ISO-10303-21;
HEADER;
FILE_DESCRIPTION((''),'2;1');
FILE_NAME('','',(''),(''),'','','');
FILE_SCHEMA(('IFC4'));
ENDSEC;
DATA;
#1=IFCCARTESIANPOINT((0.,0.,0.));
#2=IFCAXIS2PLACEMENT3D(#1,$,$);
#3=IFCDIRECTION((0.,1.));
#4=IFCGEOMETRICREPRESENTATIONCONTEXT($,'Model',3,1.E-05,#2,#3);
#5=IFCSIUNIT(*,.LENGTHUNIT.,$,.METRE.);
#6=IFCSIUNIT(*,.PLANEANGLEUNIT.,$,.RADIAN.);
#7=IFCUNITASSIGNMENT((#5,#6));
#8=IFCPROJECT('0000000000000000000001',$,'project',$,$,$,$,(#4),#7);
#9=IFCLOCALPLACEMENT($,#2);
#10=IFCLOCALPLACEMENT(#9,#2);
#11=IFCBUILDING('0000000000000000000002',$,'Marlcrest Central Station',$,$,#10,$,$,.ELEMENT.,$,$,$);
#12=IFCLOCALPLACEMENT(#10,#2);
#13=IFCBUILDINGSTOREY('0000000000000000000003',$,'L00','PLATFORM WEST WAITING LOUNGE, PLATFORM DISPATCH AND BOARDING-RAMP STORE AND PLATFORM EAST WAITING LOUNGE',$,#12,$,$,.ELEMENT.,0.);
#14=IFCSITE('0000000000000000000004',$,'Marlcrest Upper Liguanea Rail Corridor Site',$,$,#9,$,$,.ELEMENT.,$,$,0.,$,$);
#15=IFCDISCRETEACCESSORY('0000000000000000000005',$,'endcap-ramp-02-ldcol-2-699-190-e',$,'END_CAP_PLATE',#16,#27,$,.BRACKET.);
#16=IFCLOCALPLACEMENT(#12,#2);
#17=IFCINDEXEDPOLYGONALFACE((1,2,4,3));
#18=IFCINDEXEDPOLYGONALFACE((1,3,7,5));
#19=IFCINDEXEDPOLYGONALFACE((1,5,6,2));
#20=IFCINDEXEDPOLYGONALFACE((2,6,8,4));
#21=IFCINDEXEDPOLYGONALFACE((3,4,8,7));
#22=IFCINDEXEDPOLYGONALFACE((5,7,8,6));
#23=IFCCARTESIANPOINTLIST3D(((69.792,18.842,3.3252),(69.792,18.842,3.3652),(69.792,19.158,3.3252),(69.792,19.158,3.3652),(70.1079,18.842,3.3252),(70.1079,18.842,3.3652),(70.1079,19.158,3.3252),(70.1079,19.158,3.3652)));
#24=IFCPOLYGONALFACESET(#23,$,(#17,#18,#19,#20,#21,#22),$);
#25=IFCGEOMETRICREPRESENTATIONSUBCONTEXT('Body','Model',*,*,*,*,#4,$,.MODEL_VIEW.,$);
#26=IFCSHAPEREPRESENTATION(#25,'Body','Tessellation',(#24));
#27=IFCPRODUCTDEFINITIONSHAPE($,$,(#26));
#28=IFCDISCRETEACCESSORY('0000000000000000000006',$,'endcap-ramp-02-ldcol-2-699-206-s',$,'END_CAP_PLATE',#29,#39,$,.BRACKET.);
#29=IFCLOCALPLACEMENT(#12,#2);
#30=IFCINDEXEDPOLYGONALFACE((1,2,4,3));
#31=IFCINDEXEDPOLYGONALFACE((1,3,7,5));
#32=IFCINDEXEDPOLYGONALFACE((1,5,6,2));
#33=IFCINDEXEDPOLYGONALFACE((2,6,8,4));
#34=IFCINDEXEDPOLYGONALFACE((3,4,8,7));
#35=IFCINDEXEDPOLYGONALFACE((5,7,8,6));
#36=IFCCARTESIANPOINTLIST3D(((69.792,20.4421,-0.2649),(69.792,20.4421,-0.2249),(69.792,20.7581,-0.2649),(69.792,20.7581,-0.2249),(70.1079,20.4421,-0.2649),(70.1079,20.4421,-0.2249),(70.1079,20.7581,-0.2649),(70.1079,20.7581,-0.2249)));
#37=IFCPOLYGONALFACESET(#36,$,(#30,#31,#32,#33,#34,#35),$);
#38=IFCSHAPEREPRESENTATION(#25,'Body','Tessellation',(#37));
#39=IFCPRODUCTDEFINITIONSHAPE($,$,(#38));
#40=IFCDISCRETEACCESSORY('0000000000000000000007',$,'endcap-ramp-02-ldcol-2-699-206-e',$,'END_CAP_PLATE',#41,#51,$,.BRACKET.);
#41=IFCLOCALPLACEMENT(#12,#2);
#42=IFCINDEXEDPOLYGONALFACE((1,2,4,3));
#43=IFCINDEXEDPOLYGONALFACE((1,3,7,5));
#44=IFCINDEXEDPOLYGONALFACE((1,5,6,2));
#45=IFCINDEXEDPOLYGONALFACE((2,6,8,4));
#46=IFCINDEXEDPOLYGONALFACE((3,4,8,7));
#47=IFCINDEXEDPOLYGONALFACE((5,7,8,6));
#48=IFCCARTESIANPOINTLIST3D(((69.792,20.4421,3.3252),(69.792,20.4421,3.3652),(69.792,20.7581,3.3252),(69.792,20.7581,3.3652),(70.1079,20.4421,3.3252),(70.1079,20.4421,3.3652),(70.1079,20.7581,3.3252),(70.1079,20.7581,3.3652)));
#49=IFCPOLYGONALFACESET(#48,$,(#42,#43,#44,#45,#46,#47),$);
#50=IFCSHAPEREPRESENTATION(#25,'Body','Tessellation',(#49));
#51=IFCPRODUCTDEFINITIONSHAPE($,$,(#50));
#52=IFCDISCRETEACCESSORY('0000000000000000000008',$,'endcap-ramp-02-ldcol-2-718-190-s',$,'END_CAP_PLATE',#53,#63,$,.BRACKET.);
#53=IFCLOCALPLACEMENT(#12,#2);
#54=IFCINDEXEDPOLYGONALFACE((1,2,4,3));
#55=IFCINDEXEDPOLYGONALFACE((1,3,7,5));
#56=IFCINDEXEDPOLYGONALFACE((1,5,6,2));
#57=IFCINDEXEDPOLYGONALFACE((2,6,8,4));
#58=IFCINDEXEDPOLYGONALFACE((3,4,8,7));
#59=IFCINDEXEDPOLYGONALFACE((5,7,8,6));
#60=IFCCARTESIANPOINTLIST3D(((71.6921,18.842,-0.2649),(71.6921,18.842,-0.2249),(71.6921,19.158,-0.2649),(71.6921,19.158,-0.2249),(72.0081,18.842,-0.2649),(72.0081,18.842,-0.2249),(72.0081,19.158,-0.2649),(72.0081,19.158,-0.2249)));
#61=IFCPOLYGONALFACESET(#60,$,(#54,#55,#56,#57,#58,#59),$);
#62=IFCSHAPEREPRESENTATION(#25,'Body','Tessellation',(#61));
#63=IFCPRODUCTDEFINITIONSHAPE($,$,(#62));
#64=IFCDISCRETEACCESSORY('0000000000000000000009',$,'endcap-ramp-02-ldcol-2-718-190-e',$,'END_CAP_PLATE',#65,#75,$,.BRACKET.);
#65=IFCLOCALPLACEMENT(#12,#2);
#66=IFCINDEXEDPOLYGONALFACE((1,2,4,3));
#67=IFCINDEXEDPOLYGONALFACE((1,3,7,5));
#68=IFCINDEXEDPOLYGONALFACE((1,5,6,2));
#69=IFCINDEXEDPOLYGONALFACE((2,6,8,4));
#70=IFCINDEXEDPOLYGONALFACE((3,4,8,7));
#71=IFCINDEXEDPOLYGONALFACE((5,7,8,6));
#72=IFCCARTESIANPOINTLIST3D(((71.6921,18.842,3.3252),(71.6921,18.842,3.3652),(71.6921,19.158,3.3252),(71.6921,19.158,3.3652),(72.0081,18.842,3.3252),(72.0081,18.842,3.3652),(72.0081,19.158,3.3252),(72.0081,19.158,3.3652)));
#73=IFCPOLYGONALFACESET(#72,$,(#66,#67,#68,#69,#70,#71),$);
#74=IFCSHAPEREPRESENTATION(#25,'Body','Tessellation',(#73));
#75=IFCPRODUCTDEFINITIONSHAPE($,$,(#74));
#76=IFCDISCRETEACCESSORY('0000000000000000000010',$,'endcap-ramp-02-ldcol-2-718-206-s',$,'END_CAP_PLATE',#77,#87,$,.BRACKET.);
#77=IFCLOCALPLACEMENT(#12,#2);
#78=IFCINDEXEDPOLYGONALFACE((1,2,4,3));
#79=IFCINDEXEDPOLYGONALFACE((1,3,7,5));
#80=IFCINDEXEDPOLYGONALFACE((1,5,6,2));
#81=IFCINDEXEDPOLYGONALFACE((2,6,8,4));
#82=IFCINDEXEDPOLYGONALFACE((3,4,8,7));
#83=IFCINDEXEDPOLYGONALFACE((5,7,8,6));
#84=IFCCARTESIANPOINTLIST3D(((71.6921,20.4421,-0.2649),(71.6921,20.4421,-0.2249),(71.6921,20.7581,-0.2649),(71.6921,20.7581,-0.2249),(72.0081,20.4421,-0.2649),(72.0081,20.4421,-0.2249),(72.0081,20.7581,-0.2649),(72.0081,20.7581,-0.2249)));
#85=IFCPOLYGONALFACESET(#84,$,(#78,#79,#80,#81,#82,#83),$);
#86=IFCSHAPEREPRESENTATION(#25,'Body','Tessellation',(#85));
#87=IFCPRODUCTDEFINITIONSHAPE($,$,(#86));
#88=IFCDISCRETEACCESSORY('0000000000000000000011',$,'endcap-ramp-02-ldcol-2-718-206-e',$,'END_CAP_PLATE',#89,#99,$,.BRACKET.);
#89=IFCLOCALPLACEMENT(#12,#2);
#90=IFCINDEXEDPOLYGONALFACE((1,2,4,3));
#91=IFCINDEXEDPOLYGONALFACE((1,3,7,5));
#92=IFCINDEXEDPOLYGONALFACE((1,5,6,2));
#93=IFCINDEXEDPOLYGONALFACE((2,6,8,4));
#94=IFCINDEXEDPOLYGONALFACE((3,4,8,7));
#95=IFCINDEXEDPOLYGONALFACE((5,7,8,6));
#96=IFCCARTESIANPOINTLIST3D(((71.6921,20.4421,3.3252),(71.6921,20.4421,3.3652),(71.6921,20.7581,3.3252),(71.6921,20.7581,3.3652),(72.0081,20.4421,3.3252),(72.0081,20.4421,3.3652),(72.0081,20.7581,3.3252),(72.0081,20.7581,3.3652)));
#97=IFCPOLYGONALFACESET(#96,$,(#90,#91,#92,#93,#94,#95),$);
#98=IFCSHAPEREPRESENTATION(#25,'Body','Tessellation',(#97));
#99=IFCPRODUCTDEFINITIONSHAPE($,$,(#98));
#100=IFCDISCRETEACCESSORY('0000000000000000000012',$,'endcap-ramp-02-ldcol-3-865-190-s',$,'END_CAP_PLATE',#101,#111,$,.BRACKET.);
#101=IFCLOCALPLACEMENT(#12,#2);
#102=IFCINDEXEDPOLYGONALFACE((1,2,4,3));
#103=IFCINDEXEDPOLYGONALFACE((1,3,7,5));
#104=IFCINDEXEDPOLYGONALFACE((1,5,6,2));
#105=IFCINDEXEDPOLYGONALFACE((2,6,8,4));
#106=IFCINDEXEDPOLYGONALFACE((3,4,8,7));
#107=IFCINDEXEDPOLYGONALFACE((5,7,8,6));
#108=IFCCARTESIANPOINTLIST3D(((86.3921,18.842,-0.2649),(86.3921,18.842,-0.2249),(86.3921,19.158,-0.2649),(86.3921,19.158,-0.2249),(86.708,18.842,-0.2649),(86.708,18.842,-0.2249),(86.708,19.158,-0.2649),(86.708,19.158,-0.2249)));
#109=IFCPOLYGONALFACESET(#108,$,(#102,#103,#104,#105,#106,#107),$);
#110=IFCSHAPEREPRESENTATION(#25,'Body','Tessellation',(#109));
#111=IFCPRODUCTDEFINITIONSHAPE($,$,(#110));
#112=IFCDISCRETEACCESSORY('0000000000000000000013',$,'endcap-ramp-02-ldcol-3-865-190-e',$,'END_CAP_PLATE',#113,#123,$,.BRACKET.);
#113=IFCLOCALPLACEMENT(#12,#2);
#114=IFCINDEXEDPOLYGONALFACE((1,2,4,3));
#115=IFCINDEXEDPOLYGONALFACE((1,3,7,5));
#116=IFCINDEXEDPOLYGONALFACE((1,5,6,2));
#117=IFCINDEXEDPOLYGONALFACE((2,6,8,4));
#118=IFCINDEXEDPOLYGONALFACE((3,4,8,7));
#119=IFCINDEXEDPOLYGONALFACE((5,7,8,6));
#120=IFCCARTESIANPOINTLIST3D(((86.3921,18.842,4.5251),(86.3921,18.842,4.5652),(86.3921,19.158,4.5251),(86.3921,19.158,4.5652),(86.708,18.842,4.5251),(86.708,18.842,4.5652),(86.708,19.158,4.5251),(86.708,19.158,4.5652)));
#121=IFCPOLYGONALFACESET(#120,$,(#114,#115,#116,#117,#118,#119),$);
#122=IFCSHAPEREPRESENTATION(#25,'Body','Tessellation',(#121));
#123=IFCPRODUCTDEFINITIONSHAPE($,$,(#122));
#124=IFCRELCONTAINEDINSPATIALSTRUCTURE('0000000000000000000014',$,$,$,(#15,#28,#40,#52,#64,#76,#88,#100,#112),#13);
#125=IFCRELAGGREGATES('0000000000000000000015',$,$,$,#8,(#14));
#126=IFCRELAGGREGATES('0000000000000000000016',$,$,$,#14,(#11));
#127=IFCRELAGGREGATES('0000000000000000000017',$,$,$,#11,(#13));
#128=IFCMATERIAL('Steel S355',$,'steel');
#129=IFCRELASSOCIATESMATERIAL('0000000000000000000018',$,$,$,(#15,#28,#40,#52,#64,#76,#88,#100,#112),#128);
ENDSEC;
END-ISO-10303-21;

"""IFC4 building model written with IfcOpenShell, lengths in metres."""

from ifc_helpers import new_model, si_unit, direction, frame, origin, origin_2d, place, context, subcontext, project, spatial, rectangle, extrude, material, element, save


model = new_model("IFC4")

# Units and contexts
model_context = context("Model", 3, precision=1e-05, world=origin(), true_north=direction((0.0, 1.0)))
body_context = subcontext(model_context, "Body", "Model", "MODEL_VIEW")
ifc_project = project(units=[si_unit("LENGTHUNIT", "METRE"), si_unit("PLANEANGLEUNIT", "RADIAN")], contexts=[model_context])

# Site, building, storey
site_placement = place(None, origin())
site = spatial("IfcSite", under=ifc_project, at=site_placement, Name="Marlcrest Upper Liguanea Rail Corridor Site", CompositionType="ELEMENT", RefElevation=0.0)
building_placement = place(site_placement, origin())
building = spatial("IfcBuilding", under=site, at=building_placement, Name="Marlcrest Central Station", CompositionType="ELEMENT")
storey_placement = place(building_placement, origin())
storey = spatial("IfcBuildingStorey", under=building, at=storey_placement, Name="L00", Description="PLATFORM WEST WAITING LOUNGE, PLATFORM DISPATCH AND BOARDING-RAMP STORE AND PLATFORM EAST WAITING LOUNGE", CompositionType="ELEMENT", Elevation=0.0)

# Shared definitions
ifc_material_1 = material(Name="Steel S355", Category="steel")

# Discrete accessories
for number, where, z_axis, x_axis, name in (
    (1, (69.95, 19.0, 3.3252), (0.0, 0.0, 1.0), (1.0, 0.0, 0.0), "endcap-ramp-02-ldcol-2-699-190-e"),
    (2, (69.95, 20.6001, -0.2649), (0.0, 0.0, 1.0), (1.0, 0.0, 0.0), "endcap-ramp-02-ldcol-2-699-206-s"),
    (3, (69.95, 20.6001, 3.3252), (0.0, 0.0, 1.0), (1.0, 0.0, 0.0), "endcap-ramp-02-ldcol-2-699-206-e"),
    (4, (71.8501, 19.0, -0.2649), (0.0, 0.0, 1.0), (1.0, 0.0, 0.0), "endcap-ramp-02-ldcol-2-718-190-s"),
    (5, (71.8501, 19.0, 3.3252), (0.0, 0.0, 1.0), (1.0, 0.0, 0.0), "endcap-ramp-02-ldcol-2-718-190-e"),
    (6, (71.8501, 20.6001, -0.2649), (0.0, 0.0, 1.0), (1.0, 0.0, 0.0), "endcap-ramp-02-ldcol-2-718-206-s"),
    (7, (71.8501, 20.6001, 3.3252), (0.0, 0.0, 1.0), (1.0, 0.0, 0.0), "endcap-ramp-02-ldcol-2-718-206-e"),
    (8, (86.55, 19.0, -0.2649), (0.0, 0.0, 1.0), (1.0, 0.0, 0.0), "endcap-ramp-02-ldcol-3-865-190-s"),
    (9, (86.55, 19.0, 4.5251), (0.0, 0.0, 1.0), (1.0, 0.0, 0.0), "endcap-ramp-02-ldcol-3-865-190-e"),
):
    element("IfcDiscreteAccessory", number, at=place(storey_placement, frame(where, z_axis=z_axis, x_axis=x_axis)), inside=storey, material=ifc_material_1, Name=name, ObjectType="END_CAP_PLATE", PredefinedType="BRACKET", context=body_context, shape_type="SweptSolid", body=[
        extrude(rectangle(XDim=0.3159, YDim=0.3159, at=origin_2d()), origin(), (0.0, 0.0, 1.0), 0.04),
    ])

save(model, "model.ifc")
